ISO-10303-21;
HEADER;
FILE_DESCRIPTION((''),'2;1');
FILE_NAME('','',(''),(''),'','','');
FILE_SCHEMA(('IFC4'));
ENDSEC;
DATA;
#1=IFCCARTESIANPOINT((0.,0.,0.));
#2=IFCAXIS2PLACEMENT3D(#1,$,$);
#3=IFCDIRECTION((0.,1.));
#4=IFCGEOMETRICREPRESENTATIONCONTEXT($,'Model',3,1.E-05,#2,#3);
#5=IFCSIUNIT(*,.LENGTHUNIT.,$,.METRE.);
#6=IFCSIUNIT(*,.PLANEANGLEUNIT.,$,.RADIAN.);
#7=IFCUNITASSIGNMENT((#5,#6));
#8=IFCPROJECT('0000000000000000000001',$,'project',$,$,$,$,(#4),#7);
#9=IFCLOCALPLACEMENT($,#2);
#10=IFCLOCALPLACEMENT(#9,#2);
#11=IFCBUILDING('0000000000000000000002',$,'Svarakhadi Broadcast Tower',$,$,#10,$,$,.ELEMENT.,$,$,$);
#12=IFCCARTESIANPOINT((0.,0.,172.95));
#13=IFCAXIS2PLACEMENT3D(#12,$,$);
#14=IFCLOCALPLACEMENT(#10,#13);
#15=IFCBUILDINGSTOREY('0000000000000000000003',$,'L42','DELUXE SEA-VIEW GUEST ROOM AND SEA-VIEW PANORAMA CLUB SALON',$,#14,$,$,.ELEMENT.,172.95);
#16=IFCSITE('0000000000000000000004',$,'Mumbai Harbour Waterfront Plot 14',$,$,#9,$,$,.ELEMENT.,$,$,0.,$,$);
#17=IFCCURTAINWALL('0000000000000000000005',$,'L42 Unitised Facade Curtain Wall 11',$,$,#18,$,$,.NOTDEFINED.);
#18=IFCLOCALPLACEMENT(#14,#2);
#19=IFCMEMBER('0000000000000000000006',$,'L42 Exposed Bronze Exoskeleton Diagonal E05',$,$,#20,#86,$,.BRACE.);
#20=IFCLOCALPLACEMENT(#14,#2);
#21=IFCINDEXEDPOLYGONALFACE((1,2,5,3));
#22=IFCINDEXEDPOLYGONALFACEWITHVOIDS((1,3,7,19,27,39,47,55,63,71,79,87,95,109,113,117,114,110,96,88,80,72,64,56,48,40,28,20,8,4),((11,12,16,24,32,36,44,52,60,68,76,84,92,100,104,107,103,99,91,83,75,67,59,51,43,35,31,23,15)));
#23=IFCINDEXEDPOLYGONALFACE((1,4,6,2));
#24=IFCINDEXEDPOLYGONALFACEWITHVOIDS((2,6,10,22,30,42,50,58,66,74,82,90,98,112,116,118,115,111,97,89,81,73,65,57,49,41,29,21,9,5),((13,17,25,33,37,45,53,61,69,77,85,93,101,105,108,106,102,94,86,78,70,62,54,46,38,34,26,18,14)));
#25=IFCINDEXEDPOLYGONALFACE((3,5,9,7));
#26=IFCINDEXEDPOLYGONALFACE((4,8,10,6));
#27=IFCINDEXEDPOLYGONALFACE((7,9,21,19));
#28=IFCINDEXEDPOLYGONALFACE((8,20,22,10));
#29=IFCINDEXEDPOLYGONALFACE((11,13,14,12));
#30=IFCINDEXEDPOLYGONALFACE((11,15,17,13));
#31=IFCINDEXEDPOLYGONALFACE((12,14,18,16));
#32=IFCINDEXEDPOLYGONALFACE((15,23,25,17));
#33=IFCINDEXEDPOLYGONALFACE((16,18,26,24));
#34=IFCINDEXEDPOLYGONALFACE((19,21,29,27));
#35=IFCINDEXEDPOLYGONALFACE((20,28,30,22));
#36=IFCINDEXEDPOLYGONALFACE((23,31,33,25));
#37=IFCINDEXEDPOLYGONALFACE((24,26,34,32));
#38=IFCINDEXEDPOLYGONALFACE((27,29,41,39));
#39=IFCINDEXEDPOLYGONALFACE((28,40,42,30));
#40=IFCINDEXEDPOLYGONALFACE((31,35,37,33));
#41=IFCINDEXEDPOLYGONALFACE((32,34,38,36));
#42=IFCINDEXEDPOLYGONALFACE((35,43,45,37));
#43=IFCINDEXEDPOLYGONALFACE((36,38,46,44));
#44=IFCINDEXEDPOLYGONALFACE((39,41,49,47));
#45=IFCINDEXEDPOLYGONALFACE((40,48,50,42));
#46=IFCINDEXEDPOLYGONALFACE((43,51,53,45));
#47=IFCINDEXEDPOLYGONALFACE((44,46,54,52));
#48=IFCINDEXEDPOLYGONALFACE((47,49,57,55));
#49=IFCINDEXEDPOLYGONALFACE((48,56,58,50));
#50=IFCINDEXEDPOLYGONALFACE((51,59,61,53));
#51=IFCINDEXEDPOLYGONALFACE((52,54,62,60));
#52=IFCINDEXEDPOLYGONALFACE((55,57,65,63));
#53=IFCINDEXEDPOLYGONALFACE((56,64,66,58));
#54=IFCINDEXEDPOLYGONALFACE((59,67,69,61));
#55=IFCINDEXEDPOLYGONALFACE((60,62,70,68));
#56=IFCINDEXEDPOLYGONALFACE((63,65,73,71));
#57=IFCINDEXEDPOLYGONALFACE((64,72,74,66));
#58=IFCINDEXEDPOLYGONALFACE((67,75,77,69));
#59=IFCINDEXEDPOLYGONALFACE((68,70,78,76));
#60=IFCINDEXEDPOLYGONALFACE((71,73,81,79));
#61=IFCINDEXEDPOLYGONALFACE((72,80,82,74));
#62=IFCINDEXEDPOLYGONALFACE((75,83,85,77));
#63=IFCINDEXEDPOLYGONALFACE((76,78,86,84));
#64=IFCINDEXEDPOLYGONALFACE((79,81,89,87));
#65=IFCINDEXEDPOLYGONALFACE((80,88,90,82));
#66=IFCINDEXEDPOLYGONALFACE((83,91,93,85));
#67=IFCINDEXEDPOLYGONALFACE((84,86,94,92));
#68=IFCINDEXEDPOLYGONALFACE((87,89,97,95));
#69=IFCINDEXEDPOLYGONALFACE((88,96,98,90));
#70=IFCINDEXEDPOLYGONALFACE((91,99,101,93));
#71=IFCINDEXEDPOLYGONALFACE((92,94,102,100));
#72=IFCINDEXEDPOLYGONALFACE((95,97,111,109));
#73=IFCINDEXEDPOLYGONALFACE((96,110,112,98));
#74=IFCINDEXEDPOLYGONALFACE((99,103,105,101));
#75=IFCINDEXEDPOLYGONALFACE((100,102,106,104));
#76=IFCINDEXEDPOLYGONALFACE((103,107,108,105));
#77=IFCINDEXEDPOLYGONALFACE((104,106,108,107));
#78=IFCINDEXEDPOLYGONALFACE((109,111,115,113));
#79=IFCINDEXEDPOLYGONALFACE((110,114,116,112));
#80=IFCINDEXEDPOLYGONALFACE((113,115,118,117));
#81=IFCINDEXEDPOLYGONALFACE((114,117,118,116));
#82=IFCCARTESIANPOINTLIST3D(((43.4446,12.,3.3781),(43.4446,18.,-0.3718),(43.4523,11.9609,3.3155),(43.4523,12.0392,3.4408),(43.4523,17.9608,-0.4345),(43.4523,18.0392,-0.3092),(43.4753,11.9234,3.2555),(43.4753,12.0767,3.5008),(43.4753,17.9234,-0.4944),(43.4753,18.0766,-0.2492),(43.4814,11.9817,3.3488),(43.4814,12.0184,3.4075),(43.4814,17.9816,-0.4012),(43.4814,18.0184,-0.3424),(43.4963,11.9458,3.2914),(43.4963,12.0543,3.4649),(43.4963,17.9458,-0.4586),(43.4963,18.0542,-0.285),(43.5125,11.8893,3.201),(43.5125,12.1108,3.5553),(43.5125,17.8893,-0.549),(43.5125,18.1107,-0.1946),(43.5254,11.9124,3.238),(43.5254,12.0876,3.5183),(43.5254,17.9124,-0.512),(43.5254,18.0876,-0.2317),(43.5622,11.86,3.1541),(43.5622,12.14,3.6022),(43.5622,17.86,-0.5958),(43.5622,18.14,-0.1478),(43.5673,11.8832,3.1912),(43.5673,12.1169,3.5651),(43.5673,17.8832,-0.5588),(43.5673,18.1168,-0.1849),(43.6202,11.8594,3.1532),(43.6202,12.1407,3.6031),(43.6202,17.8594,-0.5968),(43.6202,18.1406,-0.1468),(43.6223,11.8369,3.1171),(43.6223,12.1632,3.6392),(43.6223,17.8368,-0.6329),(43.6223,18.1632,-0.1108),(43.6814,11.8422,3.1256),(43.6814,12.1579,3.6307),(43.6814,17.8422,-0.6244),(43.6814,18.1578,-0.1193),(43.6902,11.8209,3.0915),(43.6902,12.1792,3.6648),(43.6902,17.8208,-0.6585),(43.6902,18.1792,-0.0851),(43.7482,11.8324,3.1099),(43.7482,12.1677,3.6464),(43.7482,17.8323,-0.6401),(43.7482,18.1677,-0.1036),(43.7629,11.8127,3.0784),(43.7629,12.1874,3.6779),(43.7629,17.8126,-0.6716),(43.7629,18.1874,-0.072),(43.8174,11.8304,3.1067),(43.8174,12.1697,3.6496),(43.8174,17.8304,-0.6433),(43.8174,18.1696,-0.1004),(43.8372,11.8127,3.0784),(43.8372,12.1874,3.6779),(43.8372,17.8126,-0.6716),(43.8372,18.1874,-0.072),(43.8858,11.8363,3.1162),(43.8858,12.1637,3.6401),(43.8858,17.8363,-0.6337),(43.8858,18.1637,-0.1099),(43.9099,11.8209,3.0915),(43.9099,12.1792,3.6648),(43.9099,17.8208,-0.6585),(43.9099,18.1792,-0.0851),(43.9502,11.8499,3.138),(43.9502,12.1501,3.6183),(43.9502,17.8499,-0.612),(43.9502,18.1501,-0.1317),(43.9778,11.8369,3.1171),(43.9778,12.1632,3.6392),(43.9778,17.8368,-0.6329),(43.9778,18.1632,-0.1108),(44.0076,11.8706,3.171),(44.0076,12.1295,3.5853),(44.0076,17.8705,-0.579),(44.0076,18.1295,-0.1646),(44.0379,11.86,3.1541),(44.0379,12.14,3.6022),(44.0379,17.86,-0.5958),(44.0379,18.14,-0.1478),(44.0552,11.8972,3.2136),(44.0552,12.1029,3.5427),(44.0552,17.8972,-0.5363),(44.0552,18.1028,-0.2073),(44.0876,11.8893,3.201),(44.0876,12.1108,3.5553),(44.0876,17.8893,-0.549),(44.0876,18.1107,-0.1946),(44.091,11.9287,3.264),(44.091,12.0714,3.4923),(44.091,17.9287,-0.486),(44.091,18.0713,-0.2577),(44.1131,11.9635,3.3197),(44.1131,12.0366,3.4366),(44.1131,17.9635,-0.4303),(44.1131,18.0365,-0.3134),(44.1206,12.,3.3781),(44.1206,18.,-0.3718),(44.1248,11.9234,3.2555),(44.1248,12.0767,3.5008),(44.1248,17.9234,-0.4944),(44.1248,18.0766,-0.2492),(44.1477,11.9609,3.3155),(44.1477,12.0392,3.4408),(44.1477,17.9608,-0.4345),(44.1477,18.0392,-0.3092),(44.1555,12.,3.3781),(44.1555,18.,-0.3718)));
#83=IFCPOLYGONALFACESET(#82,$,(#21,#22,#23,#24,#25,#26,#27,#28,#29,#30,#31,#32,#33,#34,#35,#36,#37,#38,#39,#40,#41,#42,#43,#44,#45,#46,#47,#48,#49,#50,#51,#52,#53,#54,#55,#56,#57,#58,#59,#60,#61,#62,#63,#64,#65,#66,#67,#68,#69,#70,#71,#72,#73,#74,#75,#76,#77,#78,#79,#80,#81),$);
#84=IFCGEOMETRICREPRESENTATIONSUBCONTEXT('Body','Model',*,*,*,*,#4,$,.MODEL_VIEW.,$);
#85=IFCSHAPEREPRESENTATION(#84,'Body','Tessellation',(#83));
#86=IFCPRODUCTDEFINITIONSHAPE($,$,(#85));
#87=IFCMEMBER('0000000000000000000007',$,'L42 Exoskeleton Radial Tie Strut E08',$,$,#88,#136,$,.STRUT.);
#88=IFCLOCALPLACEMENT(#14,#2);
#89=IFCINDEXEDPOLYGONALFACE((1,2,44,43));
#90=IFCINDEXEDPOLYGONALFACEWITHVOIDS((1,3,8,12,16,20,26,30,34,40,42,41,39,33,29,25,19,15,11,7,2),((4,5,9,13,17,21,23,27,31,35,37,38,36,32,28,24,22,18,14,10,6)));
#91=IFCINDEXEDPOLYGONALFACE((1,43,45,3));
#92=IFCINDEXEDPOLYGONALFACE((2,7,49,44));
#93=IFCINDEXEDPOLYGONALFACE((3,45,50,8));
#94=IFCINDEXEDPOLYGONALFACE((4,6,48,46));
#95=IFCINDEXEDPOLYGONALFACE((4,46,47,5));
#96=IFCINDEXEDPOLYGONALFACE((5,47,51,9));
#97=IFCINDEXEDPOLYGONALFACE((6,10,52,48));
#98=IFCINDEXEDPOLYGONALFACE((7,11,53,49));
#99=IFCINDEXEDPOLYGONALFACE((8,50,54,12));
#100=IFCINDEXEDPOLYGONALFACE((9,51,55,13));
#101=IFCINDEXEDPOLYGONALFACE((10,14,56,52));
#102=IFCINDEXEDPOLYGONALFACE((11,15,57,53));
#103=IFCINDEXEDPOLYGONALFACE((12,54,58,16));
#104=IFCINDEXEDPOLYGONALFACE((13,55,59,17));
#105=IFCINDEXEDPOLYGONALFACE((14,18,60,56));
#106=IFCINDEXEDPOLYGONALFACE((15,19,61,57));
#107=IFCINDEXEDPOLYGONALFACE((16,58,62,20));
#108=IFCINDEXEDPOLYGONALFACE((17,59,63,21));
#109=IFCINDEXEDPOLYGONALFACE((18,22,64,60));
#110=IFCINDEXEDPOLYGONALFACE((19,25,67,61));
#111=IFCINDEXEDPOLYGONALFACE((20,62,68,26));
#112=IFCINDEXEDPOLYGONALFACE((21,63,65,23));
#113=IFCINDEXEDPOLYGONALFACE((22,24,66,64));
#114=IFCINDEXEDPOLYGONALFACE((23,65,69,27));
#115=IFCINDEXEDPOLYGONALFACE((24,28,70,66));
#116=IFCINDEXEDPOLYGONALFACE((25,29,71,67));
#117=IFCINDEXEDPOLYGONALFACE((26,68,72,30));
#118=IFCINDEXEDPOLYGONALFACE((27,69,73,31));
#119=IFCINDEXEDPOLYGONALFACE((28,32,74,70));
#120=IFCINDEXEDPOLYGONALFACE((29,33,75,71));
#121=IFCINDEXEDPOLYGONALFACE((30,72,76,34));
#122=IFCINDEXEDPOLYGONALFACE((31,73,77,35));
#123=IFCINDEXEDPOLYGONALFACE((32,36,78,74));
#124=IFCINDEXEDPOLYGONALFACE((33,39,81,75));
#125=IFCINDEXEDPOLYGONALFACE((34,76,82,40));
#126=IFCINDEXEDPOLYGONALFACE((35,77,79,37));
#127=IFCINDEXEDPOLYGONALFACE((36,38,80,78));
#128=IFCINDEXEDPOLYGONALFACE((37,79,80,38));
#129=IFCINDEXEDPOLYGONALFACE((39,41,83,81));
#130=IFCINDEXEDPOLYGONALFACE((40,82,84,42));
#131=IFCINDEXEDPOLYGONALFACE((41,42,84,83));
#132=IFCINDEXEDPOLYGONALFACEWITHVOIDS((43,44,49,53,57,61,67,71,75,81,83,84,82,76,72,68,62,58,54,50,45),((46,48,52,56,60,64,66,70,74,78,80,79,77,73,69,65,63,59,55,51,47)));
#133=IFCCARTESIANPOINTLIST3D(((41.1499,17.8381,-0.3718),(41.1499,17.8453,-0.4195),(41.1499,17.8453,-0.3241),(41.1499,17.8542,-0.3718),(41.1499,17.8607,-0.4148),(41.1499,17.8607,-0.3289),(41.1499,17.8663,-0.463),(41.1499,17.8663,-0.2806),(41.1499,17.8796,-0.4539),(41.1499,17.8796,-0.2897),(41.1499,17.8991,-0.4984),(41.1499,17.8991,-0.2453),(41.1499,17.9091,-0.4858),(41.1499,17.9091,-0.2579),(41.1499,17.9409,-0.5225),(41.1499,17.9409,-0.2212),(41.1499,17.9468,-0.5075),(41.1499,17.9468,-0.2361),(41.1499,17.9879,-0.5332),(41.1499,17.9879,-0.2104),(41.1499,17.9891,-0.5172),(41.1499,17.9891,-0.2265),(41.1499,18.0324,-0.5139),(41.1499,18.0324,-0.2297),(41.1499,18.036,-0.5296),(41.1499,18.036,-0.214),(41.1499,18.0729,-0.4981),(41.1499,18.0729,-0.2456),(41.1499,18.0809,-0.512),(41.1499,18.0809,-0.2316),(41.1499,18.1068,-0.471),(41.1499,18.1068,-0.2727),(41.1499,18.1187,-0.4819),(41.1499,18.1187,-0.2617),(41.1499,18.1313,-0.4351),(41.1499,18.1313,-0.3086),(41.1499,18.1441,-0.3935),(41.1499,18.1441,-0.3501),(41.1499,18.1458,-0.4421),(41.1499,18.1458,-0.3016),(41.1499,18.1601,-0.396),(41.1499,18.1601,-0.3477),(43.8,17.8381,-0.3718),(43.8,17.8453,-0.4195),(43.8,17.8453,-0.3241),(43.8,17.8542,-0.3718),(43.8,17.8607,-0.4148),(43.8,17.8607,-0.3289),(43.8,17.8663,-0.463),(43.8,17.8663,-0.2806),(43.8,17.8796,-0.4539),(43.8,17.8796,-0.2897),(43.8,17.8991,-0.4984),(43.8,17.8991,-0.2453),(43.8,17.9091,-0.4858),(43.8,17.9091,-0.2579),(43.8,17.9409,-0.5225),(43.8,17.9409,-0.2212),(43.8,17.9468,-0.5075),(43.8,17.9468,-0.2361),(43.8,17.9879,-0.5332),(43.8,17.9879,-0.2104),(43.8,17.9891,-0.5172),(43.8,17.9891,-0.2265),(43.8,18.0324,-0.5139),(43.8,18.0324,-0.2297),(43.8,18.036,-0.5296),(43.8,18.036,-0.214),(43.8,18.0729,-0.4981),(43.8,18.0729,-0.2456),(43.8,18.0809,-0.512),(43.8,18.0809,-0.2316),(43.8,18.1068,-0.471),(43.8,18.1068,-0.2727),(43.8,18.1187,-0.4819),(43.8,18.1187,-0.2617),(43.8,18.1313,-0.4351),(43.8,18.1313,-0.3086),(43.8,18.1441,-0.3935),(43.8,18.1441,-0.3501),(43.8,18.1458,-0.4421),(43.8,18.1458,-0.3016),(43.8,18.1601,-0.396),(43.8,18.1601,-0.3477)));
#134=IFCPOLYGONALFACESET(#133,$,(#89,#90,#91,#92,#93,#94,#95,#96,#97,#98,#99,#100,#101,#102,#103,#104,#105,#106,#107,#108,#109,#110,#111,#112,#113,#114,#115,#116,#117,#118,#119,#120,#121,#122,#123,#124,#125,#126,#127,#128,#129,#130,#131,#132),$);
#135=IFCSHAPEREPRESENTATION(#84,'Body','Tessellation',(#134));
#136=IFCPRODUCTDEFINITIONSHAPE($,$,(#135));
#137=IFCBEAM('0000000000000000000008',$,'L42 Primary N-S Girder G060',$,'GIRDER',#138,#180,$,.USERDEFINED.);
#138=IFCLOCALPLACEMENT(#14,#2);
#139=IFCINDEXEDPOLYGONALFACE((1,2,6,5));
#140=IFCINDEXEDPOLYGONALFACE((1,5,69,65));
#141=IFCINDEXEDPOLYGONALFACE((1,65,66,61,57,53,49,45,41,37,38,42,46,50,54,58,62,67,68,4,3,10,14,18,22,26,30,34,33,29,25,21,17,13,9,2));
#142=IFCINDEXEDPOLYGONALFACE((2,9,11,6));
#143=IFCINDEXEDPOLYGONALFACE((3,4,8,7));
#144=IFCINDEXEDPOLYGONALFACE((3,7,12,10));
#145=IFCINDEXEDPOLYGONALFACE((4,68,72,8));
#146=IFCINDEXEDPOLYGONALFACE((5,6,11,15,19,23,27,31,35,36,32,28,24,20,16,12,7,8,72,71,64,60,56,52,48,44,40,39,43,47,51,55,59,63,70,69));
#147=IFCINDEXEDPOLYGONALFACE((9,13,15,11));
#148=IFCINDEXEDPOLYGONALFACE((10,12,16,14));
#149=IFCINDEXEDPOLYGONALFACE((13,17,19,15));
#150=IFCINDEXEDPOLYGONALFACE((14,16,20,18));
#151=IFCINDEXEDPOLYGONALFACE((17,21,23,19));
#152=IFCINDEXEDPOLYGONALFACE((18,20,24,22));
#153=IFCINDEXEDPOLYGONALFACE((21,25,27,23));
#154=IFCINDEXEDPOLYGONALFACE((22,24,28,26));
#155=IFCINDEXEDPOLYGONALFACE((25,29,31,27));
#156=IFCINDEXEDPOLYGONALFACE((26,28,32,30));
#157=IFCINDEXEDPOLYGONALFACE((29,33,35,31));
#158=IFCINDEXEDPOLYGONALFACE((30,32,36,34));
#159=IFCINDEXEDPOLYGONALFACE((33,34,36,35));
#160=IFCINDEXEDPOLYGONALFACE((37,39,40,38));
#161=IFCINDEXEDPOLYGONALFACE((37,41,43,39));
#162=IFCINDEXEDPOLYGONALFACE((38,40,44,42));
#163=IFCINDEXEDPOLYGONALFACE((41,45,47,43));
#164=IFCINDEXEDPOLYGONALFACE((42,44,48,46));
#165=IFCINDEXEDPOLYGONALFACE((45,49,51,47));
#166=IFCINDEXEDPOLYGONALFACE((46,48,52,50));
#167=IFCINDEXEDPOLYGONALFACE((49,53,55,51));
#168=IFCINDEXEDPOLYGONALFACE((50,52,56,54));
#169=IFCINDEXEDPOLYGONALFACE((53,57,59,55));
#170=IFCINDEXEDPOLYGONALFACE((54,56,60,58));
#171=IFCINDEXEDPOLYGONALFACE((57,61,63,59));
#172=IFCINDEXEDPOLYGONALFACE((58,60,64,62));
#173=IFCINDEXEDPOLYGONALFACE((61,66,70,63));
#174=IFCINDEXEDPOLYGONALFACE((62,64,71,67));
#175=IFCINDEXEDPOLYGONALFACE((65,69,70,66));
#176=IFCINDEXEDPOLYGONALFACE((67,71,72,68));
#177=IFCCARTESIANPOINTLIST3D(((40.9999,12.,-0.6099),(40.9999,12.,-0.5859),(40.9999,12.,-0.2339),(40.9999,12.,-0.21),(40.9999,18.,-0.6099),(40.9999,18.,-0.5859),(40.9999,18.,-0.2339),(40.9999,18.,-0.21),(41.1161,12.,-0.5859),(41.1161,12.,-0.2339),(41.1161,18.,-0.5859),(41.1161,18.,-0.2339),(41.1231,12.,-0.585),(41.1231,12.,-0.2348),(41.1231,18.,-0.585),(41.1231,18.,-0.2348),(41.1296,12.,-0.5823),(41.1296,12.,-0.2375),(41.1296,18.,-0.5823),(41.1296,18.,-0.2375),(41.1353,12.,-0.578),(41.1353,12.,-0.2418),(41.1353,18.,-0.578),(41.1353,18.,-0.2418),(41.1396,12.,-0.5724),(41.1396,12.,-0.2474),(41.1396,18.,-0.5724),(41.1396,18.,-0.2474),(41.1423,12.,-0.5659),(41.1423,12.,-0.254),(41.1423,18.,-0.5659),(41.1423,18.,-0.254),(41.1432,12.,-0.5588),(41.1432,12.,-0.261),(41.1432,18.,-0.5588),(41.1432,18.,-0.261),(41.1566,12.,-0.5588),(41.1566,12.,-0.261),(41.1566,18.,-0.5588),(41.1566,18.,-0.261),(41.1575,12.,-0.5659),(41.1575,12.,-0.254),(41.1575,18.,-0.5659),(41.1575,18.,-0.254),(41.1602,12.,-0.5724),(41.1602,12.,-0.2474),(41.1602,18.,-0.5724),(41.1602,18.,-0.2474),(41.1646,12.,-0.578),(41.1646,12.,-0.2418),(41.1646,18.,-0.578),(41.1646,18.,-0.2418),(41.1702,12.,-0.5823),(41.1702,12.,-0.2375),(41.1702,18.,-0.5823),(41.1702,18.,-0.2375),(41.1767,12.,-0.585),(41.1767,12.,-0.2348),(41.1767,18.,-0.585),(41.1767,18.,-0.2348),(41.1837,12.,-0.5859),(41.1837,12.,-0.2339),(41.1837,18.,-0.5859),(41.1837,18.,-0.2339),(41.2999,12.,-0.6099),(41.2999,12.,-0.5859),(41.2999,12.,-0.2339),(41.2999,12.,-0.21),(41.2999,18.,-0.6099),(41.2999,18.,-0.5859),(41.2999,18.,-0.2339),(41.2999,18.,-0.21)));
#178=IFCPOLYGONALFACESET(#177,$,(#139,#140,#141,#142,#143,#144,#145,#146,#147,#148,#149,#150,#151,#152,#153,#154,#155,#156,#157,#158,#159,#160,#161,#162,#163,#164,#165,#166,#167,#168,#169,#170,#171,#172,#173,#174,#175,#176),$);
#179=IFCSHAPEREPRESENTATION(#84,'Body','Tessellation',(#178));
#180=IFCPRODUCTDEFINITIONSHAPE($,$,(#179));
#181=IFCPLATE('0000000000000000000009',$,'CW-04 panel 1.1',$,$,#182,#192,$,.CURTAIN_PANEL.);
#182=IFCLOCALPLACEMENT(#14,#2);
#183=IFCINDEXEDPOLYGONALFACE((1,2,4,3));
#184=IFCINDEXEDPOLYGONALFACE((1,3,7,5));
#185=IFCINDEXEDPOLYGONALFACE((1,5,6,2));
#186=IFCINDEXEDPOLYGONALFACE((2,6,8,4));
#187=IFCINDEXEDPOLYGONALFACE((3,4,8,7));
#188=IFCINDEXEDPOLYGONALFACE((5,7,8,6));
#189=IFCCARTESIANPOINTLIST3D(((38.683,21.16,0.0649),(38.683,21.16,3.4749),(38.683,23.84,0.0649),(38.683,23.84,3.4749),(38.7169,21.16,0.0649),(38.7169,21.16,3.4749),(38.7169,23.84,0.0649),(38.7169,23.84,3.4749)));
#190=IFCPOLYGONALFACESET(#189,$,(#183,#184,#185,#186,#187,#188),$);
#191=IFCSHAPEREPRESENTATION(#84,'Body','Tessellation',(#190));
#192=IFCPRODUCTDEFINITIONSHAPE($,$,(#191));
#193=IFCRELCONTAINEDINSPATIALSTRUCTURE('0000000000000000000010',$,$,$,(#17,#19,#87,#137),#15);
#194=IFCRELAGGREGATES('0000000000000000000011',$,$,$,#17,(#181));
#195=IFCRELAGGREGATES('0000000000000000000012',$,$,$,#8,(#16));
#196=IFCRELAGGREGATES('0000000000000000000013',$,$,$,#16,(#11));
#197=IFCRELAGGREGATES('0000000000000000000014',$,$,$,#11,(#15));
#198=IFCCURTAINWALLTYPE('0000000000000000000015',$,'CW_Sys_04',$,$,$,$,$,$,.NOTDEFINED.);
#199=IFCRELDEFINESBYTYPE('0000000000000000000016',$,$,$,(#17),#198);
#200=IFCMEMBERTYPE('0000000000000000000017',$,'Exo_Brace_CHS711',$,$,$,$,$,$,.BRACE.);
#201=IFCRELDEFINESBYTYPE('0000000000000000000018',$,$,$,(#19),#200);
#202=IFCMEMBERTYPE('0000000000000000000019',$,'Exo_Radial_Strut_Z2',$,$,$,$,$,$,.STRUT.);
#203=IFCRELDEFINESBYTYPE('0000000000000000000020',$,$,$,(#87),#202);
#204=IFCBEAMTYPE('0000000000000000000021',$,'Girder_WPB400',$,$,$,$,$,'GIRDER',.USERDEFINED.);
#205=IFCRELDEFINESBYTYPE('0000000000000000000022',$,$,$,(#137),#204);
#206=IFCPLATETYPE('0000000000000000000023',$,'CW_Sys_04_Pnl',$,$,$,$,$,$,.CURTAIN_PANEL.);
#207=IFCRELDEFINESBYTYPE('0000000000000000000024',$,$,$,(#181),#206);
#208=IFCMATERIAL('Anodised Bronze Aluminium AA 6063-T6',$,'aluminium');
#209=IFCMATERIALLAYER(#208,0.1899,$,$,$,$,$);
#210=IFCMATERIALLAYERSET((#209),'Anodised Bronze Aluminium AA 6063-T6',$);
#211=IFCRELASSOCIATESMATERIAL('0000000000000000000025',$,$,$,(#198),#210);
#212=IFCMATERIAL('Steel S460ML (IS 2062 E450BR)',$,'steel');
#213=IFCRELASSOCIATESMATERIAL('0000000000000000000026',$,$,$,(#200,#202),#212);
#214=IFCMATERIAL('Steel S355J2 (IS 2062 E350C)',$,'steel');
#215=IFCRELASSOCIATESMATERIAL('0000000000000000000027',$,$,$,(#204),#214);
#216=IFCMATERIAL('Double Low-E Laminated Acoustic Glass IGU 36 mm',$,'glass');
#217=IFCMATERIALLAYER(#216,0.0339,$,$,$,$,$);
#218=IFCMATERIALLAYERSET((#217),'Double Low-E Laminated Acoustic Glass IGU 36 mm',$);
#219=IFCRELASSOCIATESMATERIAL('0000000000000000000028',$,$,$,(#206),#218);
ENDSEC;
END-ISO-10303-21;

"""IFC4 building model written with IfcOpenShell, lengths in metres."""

from ifc_helpers import new_model, si_unit, direction, frame, origin, origin_2d, place, context, subcontext, project, spatial, rectangle, hollow_circle, i_section, extrude, material, layer, layer_set, material_profile, profile_set, type_object, element, aggregate, save


model = new_model("IFC4")

# Units and contexts
model_context = context("Model", 3, precision=1e-05, world=origin(), true_north=direction((0.0, 1.0)))
body_context = subcontext(model_context, "Body", "Model", "MODEL_VIEW")
ifc_project = project(units=[si_unit("LENGTHUNIT", "METRE"), si_unit("PLANEANGLEUNIT", "RADIAN")], contexts=[model_context])

# Site, building, storey
site_placement = place(None, origin())
site = spatial("IfcSite", under=ifc_project, at=site_placement, Name="Mumbai Harbour Waterfront Plot 14", CompositionType="ELEMENT", RefElevation=0.0)
building_placement = place(site_placement, origin())
building = spatial("IfcBuilding", under=site, at=building_placement, Name="Svarakhadi Broadcast Tower", CompositionType="ELEMENT")
storey_placement = place(building_placement, frame((0.0, 0.0, 172.95)))
storey = spatial("IfcBuildingStorey", under=building, at=storey_placement, Name="L42", Description="DELUXE SEA-VIEW GUEST ROOM AND SEA-VIEW PANORAMA CLUB SALON", CompositionType="ELEMENT", Elevation=172.95)

# Shared definitions
ifc_material_1 = material(Name="Steel S460ML (IS 2062 E450BR)", Category="steel")

# Shared definitions
ifc_material_2 = material(Name="Anodised Bronze Aluminium AA 6063-T6", Category="aluminium")
ifc_layer_1 = layer(ifc_material_2, 0.1899)
ifc_layer_set_1 = layer_set([ifc_layer_1], Name="Anodised Bronze Aluminium AA 6063-T6")
curtain_wall_type = type_object("IfcCurtainWallType", Name="CW_Sys_04", PredefinedType="NOTDEFINED", material=ifc_layer_set_1)

# Curtain wall
curtain_wall_1_placement = place(storey_placement, origin())
curtain_wall_1 = element("IfcCurtainWall", 1, at=curtain_wall_1_placement, inside=storey, type_object=curtain_wall_type, Name="L42 Unitised Facade Curtain Wall 11", PredefinedType="NOTDEFINED")

# Members
ifc_material_profile_1 = material_profile(ifc_material_1, hollow_circle(Radius=0.3555, WallThickness=0.0349, at=origin_2d()), Name="CHS 711x35")
ifc_profile_set_1 = profile_set([ifc_material_profile_1], Name="Steel S460ML (IS 2062 E450BR)")
member_type_1 = type_object("IfcMemberType", Name="Exo_Brace_CHS711", PredefinedType="BRACE", material=ifc_profile_set_1)
member_1_placement = place(storey_placement, frame((43.8, 18.0, -0.3718), z_axis=(0.0, -0.847998, 0.529999), x_axis=(1.0, 0.0, 0.0)))
element("IfcMember", 2, at=member_1_placement, inside=storey, type_object=member_type_1, Name="L42 Exposed Bronze Exoskeleton Diagonal E05", PredefinedType="BRACE", context=body_context, shape_type="SweptSolid", body=[
    extrude(hollow_circle(Radius=0.3555, WallThickness=0.0349, at=origin_2d()), origin(), (0.0, 0.0, 1.0), 7.0754),
])
ifc_material_profile_2 = material_profile(ifc_material_1, hollow_circle(Radius=0.1619, WallThickness=0.0161, at=origin_2d()), Name="CHS 323.9x16")
ifc_profile_set_2 = profile_set([ifc_material_profile_2], Name="Steel S460ML (IS 2062 E450BR)")
member_type_2 = type_object("IfcMemberType", Name="Exo_Radial_Strut_Z2", PredefinedType="STRUT", material=ifc_profile_set_2)
member_2_placement = place(storey_placement, frame((43.8, 18.0, -0.3718), z_axis=(-1.0, 0.0, 0.0), x_axis=(0.0, -1.0, 0.0)))
element("IfcMember", 3, at=member_2_placement, inside=storey, type_object=member_type_2, Name="L42 Exoskeleton Radial Tie Strut E08", PredefinedType="STRUT", context=body_context, shape_type="SweptSolid", body=[
    extrude(hollow_circle(Radius=0.1619, WallThickness=0.0161, at=origin_2d()), origin(), (0.0, 0.0, 1.0), 2.6501),
])

# Beam
ifc_material_3 = material(Name="Steel S355J2 (IS 2062 E350C)", Category="steel")
ifc_material_profile_3 = material_profile(ifc_material_3, i_section(OverallWidth=0.3, OverallDepth=0.3999, WebThickness=0.0134, FlangeThickness=0.0239, FilletRadius=0.0271, at=origin_2d()), Name="WPB 400x300x155")
ifc_profile_set_3 = profile_set([ifc_material_profile_3], Name="Steel S355J2 (IS 2062 E350C)")
beam_type = type_object("IfcBeamType", Name="Girder_WPB400", ElementType="GIRDER", PredefinedType="USERDEFINED", material=ifc_profile_set_3)
beam_placement = place(storey_placement, frame((41.1499, 12.0, -0.4099), z_axis=(0.0, 1.0, 0.0), x_axis=(-1.0, 0.0, 0.0)))
element("IfcBeam", 4, at=beam_placement, inside=storey, type_object=beam_type, Name="L42 Primary N-S Girder G060", ObjectType="GIRDER", PredefinedType="USERDEFINED", context=body_context, shape_type="SweptSolid", body=[
    extrude(i_section(OverallWidth=0.3, OverallDepth=0.3999, WebThickness=0.0134, FlangeThickness=0.0239, FilletRadius=0.0271, at=origin_2d()), origin(), (0.0, 0.0, 1.0), 6.0),
])

# Plate
ifc_material_4 = material(Name="Double Low-E Laminated Acoustic Glass IGU 36 mm", Category="glass")
ifc_layer_2 = layer(ifc_material_4, 0.0339)
ifc_layer_set_2 = layer_set([ifc_layer_2], Name="Double Low-E Laminated Acoustic Glass IGU 36 mm")
plate_type_1 = type_object("IfcPlateType", Name="CW_Sys_04_Pnl", PredefinedType="CURTAIN_PANEL", material=ifc_layer_set_2)
plate_1_placement = place(storey_placement, frame((38.7, 22.5, 0.0649), z_axis=(0.0, 0.0, 1.0), x_axis=(0.0, -1.0, 0.0)))
plate_1 = element("IfcPlate", 5, at=plate_1_placement, type_object=plate_type_1, Name="CW-04 panel 1.1", PredefinedType="CURTAIN_PANEL", context=body_context, shape_type="SweptSolid", body=[
    extrude(rectangle(XDim=2.6799, YDim=0.0339, at=origin_2d()), origin(), (0.0, 0.0, 1.0), 3.4099),
])
aggregate(curtain_wall_1, [plate_1])

save(model, "model.ifc")
